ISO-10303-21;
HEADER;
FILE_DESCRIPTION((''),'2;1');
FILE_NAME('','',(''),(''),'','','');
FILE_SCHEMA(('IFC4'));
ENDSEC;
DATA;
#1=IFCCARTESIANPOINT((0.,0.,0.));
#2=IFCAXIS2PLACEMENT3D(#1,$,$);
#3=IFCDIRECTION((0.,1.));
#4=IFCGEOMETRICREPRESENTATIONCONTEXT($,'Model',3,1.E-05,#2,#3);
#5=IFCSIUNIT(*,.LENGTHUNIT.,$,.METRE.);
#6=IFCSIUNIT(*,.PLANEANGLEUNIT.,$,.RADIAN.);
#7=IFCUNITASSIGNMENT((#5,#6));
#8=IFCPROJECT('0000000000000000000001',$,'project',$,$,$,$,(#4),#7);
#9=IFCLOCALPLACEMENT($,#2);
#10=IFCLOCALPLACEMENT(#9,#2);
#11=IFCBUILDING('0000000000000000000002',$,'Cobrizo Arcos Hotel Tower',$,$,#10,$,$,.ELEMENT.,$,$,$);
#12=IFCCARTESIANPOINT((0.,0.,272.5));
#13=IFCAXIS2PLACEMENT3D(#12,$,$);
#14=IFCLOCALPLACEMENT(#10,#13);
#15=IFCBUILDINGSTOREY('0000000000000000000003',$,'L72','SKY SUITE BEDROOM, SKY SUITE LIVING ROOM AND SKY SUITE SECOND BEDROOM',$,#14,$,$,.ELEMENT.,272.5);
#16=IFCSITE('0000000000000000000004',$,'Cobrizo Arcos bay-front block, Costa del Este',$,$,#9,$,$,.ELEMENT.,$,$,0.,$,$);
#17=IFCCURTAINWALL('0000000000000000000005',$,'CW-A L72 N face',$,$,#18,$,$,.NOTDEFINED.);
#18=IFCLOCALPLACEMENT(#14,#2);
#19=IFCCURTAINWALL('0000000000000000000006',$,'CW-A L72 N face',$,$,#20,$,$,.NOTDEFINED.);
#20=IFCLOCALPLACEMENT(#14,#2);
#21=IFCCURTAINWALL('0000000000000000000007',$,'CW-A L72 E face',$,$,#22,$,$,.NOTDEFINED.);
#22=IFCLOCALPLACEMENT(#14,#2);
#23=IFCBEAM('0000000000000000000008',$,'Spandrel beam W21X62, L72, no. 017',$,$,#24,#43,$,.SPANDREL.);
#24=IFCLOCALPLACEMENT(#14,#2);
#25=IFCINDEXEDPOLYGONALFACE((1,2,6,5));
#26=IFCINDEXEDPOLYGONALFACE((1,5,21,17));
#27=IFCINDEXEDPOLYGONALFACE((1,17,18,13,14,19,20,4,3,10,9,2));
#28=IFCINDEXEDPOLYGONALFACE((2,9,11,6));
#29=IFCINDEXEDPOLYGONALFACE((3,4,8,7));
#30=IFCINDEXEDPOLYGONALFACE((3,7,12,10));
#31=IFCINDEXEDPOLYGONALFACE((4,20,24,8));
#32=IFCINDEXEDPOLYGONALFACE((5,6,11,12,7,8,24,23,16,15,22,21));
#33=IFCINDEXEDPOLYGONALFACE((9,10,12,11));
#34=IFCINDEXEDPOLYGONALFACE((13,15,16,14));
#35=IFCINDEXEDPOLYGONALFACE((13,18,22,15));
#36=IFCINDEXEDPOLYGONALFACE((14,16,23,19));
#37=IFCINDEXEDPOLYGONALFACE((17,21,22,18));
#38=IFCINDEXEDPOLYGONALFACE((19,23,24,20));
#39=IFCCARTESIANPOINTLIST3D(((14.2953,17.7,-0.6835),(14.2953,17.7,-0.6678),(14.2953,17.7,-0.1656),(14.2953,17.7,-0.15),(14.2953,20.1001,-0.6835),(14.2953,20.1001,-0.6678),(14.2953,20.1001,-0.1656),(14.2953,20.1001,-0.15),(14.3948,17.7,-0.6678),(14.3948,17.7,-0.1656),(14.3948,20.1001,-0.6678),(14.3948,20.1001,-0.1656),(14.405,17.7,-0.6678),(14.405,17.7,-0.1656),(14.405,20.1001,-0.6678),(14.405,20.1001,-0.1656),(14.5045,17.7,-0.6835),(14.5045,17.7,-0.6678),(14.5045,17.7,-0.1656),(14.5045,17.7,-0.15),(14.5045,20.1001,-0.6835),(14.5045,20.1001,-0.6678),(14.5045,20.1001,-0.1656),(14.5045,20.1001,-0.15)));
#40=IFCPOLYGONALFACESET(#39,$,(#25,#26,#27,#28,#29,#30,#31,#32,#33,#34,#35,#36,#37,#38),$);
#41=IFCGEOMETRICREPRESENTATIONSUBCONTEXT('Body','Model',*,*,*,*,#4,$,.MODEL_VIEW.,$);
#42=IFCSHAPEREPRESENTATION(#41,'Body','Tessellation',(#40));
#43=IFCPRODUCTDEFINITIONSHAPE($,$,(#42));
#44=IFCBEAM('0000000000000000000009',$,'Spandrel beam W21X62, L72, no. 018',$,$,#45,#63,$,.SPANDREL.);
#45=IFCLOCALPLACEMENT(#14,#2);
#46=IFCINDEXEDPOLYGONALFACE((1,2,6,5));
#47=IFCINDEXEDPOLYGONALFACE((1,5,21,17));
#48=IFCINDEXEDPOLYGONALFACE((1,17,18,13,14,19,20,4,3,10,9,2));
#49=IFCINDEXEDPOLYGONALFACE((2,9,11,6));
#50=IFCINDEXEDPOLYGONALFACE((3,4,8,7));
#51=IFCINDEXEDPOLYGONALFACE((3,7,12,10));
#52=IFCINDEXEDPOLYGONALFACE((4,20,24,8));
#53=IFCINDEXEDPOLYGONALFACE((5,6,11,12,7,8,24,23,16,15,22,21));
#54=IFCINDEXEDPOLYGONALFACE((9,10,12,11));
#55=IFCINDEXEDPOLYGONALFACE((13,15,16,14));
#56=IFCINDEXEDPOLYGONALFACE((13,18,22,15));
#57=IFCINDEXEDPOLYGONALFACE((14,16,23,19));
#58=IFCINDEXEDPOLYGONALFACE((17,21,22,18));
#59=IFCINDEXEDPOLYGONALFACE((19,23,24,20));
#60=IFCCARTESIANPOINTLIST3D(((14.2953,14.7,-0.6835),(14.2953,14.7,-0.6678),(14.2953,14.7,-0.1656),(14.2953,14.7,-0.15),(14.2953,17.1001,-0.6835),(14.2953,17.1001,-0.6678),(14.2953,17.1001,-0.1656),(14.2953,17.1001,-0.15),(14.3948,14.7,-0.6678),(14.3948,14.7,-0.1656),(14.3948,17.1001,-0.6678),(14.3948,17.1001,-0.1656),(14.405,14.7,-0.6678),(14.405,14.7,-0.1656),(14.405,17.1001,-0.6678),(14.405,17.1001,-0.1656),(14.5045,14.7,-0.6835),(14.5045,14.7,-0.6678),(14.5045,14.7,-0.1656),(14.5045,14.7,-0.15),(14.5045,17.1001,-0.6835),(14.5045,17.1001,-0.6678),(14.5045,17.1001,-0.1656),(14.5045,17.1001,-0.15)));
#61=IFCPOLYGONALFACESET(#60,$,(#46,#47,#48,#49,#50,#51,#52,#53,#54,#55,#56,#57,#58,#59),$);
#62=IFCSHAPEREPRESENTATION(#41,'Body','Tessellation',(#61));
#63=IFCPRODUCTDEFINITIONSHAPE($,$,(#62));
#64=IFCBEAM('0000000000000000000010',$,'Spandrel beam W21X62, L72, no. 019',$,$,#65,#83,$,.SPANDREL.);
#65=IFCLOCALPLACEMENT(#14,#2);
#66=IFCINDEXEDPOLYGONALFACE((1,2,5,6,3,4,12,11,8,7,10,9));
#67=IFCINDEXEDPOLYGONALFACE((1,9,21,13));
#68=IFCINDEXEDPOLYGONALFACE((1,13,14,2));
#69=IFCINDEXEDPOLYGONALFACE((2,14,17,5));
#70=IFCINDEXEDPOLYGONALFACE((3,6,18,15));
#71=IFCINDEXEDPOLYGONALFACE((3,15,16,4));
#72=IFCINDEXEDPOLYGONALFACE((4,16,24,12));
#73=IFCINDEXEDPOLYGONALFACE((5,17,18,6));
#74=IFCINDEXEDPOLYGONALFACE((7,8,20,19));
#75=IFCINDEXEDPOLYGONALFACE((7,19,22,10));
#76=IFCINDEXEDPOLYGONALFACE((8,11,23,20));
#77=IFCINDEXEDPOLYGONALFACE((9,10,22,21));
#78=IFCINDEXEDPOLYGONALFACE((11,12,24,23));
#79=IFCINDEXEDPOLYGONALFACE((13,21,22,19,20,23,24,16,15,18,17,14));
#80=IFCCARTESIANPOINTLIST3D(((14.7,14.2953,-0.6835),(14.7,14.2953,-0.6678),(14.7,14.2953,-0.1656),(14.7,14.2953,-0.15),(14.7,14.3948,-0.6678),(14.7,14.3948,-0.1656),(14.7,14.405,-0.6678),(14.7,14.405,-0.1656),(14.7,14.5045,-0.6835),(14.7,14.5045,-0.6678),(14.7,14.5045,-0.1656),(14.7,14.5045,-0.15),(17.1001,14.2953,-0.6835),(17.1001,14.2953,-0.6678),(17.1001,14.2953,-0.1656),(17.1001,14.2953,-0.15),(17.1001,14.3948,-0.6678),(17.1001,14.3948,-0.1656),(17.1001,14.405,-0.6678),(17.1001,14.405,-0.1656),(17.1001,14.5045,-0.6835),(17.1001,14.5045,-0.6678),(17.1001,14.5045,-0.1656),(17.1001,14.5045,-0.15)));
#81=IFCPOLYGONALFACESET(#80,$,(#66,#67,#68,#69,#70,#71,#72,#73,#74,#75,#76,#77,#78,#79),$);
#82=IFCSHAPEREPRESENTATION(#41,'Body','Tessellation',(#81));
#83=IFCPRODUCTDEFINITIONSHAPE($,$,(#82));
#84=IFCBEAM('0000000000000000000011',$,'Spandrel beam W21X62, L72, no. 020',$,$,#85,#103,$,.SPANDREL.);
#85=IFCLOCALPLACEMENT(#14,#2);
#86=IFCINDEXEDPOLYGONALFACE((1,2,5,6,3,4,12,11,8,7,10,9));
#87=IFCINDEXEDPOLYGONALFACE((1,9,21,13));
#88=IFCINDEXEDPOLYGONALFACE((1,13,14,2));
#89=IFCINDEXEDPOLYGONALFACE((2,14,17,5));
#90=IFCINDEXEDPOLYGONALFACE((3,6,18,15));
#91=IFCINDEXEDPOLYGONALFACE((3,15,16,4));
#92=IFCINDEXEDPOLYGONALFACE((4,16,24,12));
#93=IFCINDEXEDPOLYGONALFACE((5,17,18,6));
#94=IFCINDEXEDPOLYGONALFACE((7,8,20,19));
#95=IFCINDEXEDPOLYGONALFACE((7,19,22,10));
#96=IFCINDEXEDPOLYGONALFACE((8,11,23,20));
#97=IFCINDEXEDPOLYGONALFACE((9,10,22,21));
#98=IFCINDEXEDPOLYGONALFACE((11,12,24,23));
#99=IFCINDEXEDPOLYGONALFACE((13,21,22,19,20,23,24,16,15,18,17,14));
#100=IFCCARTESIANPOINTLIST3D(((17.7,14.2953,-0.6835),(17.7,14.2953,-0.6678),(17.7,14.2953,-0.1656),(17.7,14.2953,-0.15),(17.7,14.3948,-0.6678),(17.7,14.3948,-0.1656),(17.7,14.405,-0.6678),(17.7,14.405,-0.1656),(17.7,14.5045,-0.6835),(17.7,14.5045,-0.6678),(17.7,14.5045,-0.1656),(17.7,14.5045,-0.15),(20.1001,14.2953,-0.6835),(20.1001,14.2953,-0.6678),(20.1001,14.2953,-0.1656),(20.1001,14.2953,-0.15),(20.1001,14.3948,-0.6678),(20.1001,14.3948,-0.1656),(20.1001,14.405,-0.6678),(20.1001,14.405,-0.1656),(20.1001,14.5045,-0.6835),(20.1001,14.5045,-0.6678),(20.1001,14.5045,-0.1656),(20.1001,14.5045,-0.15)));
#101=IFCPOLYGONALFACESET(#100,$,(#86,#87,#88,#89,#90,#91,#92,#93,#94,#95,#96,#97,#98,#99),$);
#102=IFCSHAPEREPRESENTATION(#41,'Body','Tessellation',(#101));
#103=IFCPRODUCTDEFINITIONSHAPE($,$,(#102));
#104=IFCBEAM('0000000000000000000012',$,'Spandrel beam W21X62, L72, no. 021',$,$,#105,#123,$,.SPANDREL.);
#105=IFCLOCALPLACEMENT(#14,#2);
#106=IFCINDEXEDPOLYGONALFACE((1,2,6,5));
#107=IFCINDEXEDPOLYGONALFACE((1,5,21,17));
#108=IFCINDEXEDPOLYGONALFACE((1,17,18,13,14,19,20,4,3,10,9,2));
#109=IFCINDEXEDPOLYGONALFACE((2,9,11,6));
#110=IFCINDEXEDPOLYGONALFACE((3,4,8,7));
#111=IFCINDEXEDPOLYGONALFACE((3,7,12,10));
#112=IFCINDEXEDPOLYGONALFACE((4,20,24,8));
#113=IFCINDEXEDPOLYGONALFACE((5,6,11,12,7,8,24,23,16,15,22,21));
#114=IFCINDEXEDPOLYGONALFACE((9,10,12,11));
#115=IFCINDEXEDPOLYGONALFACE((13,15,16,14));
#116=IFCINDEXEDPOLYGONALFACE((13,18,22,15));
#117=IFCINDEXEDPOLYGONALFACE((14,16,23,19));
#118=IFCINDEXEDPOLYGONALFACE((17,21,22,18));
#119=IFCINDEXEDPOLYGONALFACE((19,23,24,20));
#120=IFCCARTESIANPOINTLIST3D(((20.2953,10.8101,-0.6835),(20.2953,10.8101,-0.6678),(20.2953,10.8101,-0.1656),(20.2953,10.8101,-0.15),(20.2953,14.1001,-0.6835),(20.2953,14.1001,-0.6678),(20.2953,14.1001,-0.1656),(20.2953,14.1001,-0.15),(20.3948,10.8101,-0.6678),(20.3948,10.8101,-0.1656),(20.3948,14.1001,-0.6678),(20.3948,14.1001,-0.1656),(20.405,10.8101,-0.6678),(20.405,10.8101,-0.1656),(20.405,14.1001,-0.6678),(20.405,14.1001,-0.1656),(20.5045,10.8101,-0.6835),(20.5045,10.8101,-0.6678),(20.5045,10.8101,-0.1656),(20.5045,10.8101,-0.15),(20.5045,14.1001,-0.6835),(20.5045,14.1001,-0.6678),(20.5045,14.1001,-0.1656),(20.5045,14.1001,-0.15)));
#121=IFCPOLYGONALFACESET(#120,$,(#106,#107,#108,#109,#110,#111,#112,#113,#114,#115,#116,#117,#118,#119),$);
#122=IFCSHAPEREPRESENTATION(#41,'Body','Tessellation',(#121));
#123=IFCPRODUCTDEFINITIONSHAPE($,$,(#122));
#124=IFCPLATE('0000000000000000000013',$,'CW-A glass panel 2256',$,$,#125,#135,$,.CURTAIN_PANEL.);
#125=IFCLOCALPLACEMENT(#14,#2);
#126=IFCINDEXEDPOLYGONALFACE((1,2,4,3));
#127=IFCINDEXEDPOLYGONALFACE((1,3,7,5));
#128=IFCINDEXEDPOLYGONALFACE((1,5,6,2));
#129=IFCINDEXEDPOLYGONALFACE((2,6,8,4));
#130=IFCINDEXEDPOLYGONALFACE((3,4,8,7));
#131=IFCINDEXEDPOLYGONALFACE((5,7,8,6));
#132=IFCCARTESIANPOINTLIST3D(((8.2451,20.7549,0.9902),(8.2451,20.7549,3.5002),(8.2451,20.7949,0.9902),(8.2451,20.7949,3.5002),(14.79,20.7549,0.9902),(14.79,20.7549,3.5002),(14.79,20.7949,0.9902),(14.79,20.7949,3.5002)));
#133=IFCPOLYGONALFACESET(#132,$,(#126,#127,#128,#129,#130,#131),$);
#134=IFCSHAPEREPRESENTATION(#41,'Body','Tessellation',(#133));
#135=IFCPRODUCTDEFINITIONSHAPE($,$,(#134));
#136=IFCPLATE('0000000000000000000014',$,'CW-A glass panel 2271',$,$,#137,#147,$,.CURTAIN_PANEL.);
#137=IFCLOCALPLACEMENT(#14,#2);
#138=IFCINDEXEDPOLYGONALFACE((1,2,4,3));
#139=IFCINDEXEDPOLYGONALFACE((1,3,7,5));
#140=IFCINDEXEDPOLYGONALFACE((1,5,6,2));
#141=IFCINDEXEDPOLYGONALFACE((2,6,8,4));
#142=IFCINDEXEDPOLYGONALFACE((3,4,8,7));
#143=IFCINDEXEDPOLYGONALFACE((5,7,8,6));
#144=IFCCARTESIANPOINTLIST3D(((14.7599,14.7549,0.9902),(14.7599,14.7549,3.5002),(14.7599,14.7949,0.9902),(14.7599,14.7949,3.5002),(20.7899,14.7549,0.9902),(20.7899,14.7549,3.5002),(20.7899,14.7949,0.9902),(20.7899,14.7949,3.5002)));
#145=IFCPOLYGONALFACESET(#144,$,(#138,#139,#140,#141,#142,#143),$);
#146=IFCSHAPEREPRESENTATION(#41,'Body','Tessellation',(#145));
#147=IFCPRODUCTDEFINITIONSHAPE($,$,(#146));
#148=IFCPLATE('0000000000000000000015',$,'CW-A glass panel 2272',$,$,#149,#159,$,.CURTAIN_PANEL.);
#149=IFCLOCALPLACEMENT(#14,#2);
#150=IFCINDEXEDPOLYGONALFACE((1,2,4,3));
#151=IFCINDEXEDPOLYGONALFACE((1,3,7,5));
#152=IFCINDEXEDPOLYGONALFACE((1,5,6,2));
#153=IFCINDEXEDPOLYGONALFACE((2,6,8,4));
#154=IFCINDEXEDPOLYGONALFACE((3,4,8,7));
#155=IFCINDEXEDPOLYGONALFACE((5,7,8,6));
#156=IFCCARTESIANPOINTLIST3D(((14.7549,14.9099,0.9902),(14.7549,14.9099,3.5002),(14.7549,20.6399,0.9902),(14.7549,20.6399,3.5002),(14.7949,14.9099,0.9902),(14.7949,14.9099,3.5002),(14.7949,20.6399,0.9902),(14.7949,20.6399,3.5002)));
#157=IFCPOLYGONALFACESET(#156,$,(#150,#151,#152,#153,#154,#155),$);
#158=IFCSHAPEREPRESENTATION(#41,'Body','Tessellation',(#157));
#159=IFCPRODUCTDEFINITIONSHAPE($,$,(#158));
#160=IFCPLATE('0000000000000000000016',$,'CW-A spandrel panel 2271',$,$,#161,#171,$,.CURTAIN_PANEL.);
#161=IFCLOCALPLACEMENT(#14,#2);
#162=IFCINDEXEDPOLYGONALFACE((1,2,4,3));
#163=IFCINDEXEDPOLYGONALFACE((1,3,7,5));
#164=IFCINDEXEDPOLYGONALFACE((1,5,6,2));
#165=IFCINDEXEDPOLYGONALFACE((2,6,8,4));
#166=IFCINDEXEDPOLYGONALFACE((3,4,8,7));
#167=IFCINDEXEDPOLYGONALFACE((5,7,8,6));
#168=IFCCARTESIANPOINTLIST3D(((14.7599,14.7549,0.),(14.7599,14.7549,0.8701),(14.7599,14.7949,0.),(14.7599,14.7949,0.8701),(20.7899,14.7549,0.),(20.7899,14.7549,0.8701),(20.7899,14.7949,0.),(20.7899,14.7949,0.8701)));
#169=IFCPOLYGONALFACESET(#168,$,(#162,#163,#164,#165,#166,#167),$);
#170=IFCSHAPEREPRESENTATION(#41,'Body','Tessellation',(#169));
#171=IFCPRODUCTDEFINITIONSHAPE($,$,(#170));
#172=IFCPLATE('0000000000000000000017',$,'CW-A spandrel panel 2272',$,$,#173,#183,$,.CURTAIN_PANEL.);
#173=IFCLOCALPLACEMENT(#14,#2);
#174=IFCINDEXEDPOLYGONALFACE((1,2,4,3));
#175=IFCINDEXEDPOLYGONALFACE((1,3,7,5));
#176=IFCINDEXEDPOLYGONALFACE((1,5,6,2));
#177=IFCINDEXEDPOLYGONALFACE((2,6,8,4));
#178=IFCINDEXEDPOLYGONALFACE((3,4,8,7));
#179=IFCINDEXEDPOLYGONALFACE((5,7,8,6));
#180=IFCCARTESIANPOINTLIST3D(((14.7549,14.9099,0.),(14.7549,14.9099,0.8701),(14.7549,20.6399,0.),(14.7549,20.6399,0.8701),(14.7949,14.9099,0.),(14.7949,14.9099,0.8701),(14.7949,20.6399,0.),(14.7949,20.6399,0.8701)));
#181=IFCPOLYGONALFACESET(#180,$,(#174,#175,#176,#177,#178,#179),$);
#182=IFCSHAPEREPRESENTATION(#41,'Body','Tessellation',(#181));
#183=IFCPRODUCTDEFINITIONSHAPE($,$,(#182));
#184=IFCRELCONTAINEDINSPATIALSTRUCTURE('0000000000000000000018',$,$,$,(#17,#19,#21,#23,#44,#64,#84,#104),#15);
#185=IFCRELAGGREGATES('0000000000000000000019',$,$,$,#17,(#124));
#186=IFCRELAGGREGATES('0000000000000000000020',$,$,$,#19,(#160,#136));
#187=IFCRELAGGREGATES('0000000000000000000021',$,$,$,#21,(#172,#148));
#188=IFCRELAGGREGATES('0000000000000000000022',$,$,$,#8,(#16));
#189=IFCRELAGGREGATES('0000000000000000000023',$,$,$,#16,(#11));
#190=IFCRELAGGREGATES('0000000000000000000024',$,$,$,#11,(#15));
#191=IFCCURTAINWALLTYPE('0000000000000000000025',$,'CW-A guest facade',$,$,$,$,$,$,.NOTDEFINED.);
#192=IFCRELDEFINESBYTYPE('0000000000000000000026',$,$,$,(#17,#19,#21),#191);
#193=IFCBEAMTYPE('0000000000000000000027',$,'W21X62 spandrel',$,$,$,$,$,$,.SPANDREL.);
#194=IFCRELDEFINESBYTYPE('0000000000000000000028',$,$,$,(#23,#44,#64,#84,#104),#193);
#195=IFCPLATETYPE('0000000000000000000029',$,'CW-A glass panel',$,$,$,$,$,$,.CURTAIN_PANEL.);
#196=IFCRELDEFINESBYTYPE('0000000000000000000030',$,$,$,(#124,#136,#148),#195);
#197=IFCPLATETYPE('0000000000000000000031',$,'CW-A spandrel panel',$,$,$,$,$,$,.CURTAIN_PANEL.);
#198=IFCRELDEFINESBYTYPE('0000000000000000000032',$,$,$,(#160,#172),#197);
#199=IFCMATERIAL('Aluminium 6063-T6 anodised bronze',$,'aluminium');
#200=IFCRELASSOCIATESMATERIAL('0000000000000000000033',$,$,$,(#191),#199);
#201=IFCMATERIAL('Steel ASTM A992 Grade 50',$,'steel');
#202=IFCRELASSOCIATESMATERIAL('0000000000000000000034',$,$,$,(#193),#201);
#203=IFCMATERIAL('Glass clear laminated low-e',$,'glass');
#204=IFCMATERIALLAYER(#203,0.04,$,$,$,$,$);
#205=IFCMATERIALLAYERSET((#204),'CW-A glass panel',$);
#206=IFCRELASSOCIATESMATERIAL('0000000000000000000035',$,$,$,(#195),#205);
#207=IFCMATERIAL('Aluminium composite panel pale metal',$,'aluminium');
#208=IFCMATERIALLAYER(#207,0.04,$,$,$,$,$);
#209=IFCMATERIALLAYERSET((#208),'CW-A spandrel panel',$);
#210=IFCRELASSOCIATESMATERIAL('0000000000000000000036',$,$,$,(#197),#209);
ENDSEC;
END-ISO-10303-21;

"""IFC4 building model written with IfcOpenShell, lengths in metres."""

from ifc_helpers import new_model, si_unit, direction, frame, origin, origin_2d, place, context, subcontext, project, spatial, rectangle, i_section, extrude, material, layer, layer_set, material_profile, profile_set, type_object, element, aggregate, save


model = new_model("IFC4")

# Units and contexts
model_context = context("Model", 3, precision=1e-05, world=origin(), true_north=direction((0.0, 1.0)))
body_context = subcontext(model_context, "Body", "Model", "MODEL_VIEW")
ifc_project = project(units=[si_unit("LENGTHUNIT", "METRE"), si_unit("PLANEANGLEUNIT", "RADIAN")], contexts=[model_context])

# Site, building, storey
site_placement = place(None, origin())
site = spatial("IfcSite", under=ifc_project, at=site_placement, Name="Cobrizo Arcos bay-front block, Costa del Este", CompositionType="ELEMENT", RefElevation=0.0)
building_placement = place(site_placement, origin())
building = spatial("IfcBuilding", under=site, at=building_placement, Name="Cobrizo Arcos Hotel Tower", CompositionType="ELEMENT")
storey_placement = place(building_placement, frame((0.0, 0.0, 272.5)))
storey = spatial("IfcBuildingStorey", under=building, at=storey_placement, Name="L72", Description="SKY SUITE BEDROOM, SKY SUITE LIVING ROOM AND SKY SUITE SECOND BEDROOM", CompositionType="ELEMENT", Elevation=272.5)

# Curtain wall
ifc_material_1 = material(Name="Aluminium 6063-T6 anodised bronze", Category="aluminium")
curtain_wall_type = type_object("IfcCurtainWallType", Name="CW-A guest facade", PredefinedType="NOTDEFINED", material=ifc_material_1)
curtain_wall_1_placement = place(storey_placement, origin())
curtain_wall_1 = element("IfcCurtainWall", 1, at=curtain_wall_1_placement, inside=storey, type_object=curtain_wall_type, Name="CW-A L72 N face", PredefinedType="NOTDEFINED")

# Curtain walls
curtain_wall_2_placement = place(storey_placement, origin())
curtain_wall_2 = element("IfcCurtainWall", 2, at=curtain_wall_2_placement, inside=storey, type_object=curtain_wall_type, Name="CW-A L72 N face", PredefinedType="NOTDEFINED")
curtain_wall_3_placement = place(storey_placement, origin())
curtain_wall_3 = element("IfcCurtainWall", 3, at=curtain_wall_3_placement, inside=storey, type_object=curtain_wall_type, Name="CW-A L72 E face", PredefinedType="NOTDEFINED")

# Beams
ifc_material_2 = material(Name="Steel ASTM A992 Grade 50", Category="steel")
ifc_material_profile_1 = material_profile(ifc_material_2, i_section(OverallWidth=0.2092, OverallDepth=0.5334, WebThickness=0.0103, FlangeThickness=0.0156, at=origin_2d()), Name="W21X62")
ifc_profile_set_1 = profile_set([ifc_material_profile_1], Name="Steel ASTM A992 Grade 50")
beam_type = type_object("IfcBeamType", Name="W21X62 spandrel", PredefinedType="SPANDREL", material=ifc_profile_set_1)
for number, where, z_axis, x_axis, name in (
    (4, (14.3999, 20.1001, -0.4167), (0.0, -1.0, 0.0), (1.0, 0.0, 0.0), "Spandrel beam W21X62, L72, no. 017"),
    (5, (14.3999, 17.1001, -0.4167), (0.0, -1.0, 0.0), (1.0, 0.0, 0.0), "Spandrel beam W21X62, L72, no. 018"),
    (6, (14.7, 14.3999, -0.4167), (1.0, 0.0, 0.0), (0.0, 1.0, 0.0), "Spandrel beam W21X62, L72, no. 019"),
    (7, (17.7, 14.3999, -0.4167), (1.0, 0.0, 0.0), (0.0, 1.0, 0.0), "Spandrel beam W21X62, L72, no. 020"),
):
    element("IfcBeam", number, at=place(storey_placement, frame(where, z_axis=z_axis, x_axis=x_axis)), inside=storey, type_object=beam_type, Name=name, PredefinedType="SPANDREL", context=body_context, shape_type="SweptSolid", body=[
        extrude(i_section(OverallWidth=0.2092, OverallDepth=0.5334, WebThickness=0.0103, FlangeThickness=0.0156, at=origin_2d()), origin(), (0.0, 0.0, 1.0), 2.4001),
    ])
beam_placement = place(storey_placement, frame((20.3999, 14.1001, -0.4167), z_axis=(0.0, -1.0, 0.0), x_axis=(1.0, 0.0, 0.0)))
element("IfcBeam", 8, at=beam_placement, inside=storey, type_object=beam_type, Name="Spandrel beam W21X62, L72, no. 021", PredefinedType="SPANDREL", context=body_context, shape_type="SweptSolid", body=[
    extrude(i_section(OverallWidth=0.2092, OverallDepth=0.5334, WebThickness=0.0103, FlangeThickness=0.0156, at=origin_2d()), origin(), (0.0, 0.0, 1.0), 3.29),
])

# Plates
ifc_material_3 = material(Name="Glass clear laminated low-e", Category="glass")
ifc_layer_1 = layer(ifc_material_3, 0.04)
ifc_layer_set_1 = layer_set([ifc_layer_1], Name="CW-A glass panel")
plate_type_1 = type_object("IfcPlateType", Name="CW-A glass panel", PredefinedType="CURTAIN_PANEL", material=ifc_layer_set_1)
plate_1_placement = place(storey_placement, frame((11.5176, 20.7749, 0.9902), z_axis=(0.0, 0.0, 1.0), x_axis=(-1.0, 0.0, 0.0)))
plate_1 = element("IfcPlate", 9, at=plate_1_placement, type_object=plate_type_1, Name="CW-A glass panel 2256", PredefinedType="CURTAIN_PANEL", context=body_context, shape_type="SweptSolid", body=[
    extrude(rectangle(XDim=6.5449, YDim=0.04, at=origin_2d()), origin(), (0.0, 0.0, 1.0), 2.51),
])
aggregate(curtain_wall_1, [plate_1])
plate_2_placement = place(storey_placement, frame((17.7749, 14.7749, 0.9902), z_axis=(0.0, 0.0, 1.0), x_axis=(-1.0, 0.0, 0.0)))
plate_2 = element("IfcPlate", 10, at=plate_2_placement, type_object=plate_type_1, Name="CW-A glass panel 2271", PredefinedType="CURTAIN_PANEL", context=body_context, shape_type="SweptSolid", body=[
    extrude(rectangle(XDim=6.03, YDim=0.04, at=origin_2d()), origin(), (0.0, 0.0, 1.0), 2.51),
])
plate_3_placement = place(storey_placement, frame((14.7749, 17.7749, 0.9902), z_axis=(0.0, 0.0, 1.0), x_axis=(0.0, 1.0, 0.0)))
plate_3 = element("IfcPlate", 11, at=plate_3_placement, type_object=plate_type_1, Name="CW-A glass panel 2272", PredefinedType="CURTAIN_PANEL", context=body_context, shape_type="SweptSolid", body=[
    extrude(rectangle(XDim=5.73, YDim=0.04, at=origin_2d()), origin(), (0.0, 0.0, 1.0), 2.51),
])
ifc_material_4 = material(Name="Aluminium composite panel pale metal", Category="aluminium")
ifc_layer_2 = layer(ifc_material_4, 0.04)
ifc_layer_set_2 = layer_set([ifc_layer_2], Name="CW-A spandrel panel")
plate_type_2 = type_object("IfcPlateType", Name="CW-A spandrel panel", PredefinedType="CURTAIN_PANEL", material=ifc_layer_set_2)
plate_4_placement = place(storey_placement, frame((17.7749, 14.7749, 0.0), z_axis=(0.0, 0.0, 1.0), x_axis=(-1.0, 0.0, 0.0)))
plate_4 = element("IfcPlate", 12, at=plate_4_placement, type_object=plate_type_2, Name="CW-A spandrel panel 2271", PredefinedType="CURTAIN_PANEL", context=body_context, shape_type="SweptSolid", body=[
    extrude(rectangle(XDim=6.03, YDim=0.04, at=origin_2d()), origin(), (0.0, 0.0, 1.0), 0.8701),
])
aggregate(curtain_wall_2, [plate_4, plate_2])
plate_5_placement = place(storey_placement, frame((14.7749, 17.7749, 0.0), z_axis=(0.0, 0.0, 1.0), x_axis=(0.0, 1.0, 0.0)))
plate_5 = element("IfcPlate", 13, at=plate_5_placement, type_object=plate_type_2, Name="CW-A spandrel panel 2272", PredefinedType="CURTAIN_PANEL", context=body_context, shape_type="SweptSolid", body=[
    extrude(rectangle(XDim=5.73, YDim=0.04, at=origin_2d()), origin(), (0.0, 0.0, 1.0), 0.8701),
])
aggregate(curtain_wall_3, [plate_5, plate_3])

save(model, "model.ifc")
